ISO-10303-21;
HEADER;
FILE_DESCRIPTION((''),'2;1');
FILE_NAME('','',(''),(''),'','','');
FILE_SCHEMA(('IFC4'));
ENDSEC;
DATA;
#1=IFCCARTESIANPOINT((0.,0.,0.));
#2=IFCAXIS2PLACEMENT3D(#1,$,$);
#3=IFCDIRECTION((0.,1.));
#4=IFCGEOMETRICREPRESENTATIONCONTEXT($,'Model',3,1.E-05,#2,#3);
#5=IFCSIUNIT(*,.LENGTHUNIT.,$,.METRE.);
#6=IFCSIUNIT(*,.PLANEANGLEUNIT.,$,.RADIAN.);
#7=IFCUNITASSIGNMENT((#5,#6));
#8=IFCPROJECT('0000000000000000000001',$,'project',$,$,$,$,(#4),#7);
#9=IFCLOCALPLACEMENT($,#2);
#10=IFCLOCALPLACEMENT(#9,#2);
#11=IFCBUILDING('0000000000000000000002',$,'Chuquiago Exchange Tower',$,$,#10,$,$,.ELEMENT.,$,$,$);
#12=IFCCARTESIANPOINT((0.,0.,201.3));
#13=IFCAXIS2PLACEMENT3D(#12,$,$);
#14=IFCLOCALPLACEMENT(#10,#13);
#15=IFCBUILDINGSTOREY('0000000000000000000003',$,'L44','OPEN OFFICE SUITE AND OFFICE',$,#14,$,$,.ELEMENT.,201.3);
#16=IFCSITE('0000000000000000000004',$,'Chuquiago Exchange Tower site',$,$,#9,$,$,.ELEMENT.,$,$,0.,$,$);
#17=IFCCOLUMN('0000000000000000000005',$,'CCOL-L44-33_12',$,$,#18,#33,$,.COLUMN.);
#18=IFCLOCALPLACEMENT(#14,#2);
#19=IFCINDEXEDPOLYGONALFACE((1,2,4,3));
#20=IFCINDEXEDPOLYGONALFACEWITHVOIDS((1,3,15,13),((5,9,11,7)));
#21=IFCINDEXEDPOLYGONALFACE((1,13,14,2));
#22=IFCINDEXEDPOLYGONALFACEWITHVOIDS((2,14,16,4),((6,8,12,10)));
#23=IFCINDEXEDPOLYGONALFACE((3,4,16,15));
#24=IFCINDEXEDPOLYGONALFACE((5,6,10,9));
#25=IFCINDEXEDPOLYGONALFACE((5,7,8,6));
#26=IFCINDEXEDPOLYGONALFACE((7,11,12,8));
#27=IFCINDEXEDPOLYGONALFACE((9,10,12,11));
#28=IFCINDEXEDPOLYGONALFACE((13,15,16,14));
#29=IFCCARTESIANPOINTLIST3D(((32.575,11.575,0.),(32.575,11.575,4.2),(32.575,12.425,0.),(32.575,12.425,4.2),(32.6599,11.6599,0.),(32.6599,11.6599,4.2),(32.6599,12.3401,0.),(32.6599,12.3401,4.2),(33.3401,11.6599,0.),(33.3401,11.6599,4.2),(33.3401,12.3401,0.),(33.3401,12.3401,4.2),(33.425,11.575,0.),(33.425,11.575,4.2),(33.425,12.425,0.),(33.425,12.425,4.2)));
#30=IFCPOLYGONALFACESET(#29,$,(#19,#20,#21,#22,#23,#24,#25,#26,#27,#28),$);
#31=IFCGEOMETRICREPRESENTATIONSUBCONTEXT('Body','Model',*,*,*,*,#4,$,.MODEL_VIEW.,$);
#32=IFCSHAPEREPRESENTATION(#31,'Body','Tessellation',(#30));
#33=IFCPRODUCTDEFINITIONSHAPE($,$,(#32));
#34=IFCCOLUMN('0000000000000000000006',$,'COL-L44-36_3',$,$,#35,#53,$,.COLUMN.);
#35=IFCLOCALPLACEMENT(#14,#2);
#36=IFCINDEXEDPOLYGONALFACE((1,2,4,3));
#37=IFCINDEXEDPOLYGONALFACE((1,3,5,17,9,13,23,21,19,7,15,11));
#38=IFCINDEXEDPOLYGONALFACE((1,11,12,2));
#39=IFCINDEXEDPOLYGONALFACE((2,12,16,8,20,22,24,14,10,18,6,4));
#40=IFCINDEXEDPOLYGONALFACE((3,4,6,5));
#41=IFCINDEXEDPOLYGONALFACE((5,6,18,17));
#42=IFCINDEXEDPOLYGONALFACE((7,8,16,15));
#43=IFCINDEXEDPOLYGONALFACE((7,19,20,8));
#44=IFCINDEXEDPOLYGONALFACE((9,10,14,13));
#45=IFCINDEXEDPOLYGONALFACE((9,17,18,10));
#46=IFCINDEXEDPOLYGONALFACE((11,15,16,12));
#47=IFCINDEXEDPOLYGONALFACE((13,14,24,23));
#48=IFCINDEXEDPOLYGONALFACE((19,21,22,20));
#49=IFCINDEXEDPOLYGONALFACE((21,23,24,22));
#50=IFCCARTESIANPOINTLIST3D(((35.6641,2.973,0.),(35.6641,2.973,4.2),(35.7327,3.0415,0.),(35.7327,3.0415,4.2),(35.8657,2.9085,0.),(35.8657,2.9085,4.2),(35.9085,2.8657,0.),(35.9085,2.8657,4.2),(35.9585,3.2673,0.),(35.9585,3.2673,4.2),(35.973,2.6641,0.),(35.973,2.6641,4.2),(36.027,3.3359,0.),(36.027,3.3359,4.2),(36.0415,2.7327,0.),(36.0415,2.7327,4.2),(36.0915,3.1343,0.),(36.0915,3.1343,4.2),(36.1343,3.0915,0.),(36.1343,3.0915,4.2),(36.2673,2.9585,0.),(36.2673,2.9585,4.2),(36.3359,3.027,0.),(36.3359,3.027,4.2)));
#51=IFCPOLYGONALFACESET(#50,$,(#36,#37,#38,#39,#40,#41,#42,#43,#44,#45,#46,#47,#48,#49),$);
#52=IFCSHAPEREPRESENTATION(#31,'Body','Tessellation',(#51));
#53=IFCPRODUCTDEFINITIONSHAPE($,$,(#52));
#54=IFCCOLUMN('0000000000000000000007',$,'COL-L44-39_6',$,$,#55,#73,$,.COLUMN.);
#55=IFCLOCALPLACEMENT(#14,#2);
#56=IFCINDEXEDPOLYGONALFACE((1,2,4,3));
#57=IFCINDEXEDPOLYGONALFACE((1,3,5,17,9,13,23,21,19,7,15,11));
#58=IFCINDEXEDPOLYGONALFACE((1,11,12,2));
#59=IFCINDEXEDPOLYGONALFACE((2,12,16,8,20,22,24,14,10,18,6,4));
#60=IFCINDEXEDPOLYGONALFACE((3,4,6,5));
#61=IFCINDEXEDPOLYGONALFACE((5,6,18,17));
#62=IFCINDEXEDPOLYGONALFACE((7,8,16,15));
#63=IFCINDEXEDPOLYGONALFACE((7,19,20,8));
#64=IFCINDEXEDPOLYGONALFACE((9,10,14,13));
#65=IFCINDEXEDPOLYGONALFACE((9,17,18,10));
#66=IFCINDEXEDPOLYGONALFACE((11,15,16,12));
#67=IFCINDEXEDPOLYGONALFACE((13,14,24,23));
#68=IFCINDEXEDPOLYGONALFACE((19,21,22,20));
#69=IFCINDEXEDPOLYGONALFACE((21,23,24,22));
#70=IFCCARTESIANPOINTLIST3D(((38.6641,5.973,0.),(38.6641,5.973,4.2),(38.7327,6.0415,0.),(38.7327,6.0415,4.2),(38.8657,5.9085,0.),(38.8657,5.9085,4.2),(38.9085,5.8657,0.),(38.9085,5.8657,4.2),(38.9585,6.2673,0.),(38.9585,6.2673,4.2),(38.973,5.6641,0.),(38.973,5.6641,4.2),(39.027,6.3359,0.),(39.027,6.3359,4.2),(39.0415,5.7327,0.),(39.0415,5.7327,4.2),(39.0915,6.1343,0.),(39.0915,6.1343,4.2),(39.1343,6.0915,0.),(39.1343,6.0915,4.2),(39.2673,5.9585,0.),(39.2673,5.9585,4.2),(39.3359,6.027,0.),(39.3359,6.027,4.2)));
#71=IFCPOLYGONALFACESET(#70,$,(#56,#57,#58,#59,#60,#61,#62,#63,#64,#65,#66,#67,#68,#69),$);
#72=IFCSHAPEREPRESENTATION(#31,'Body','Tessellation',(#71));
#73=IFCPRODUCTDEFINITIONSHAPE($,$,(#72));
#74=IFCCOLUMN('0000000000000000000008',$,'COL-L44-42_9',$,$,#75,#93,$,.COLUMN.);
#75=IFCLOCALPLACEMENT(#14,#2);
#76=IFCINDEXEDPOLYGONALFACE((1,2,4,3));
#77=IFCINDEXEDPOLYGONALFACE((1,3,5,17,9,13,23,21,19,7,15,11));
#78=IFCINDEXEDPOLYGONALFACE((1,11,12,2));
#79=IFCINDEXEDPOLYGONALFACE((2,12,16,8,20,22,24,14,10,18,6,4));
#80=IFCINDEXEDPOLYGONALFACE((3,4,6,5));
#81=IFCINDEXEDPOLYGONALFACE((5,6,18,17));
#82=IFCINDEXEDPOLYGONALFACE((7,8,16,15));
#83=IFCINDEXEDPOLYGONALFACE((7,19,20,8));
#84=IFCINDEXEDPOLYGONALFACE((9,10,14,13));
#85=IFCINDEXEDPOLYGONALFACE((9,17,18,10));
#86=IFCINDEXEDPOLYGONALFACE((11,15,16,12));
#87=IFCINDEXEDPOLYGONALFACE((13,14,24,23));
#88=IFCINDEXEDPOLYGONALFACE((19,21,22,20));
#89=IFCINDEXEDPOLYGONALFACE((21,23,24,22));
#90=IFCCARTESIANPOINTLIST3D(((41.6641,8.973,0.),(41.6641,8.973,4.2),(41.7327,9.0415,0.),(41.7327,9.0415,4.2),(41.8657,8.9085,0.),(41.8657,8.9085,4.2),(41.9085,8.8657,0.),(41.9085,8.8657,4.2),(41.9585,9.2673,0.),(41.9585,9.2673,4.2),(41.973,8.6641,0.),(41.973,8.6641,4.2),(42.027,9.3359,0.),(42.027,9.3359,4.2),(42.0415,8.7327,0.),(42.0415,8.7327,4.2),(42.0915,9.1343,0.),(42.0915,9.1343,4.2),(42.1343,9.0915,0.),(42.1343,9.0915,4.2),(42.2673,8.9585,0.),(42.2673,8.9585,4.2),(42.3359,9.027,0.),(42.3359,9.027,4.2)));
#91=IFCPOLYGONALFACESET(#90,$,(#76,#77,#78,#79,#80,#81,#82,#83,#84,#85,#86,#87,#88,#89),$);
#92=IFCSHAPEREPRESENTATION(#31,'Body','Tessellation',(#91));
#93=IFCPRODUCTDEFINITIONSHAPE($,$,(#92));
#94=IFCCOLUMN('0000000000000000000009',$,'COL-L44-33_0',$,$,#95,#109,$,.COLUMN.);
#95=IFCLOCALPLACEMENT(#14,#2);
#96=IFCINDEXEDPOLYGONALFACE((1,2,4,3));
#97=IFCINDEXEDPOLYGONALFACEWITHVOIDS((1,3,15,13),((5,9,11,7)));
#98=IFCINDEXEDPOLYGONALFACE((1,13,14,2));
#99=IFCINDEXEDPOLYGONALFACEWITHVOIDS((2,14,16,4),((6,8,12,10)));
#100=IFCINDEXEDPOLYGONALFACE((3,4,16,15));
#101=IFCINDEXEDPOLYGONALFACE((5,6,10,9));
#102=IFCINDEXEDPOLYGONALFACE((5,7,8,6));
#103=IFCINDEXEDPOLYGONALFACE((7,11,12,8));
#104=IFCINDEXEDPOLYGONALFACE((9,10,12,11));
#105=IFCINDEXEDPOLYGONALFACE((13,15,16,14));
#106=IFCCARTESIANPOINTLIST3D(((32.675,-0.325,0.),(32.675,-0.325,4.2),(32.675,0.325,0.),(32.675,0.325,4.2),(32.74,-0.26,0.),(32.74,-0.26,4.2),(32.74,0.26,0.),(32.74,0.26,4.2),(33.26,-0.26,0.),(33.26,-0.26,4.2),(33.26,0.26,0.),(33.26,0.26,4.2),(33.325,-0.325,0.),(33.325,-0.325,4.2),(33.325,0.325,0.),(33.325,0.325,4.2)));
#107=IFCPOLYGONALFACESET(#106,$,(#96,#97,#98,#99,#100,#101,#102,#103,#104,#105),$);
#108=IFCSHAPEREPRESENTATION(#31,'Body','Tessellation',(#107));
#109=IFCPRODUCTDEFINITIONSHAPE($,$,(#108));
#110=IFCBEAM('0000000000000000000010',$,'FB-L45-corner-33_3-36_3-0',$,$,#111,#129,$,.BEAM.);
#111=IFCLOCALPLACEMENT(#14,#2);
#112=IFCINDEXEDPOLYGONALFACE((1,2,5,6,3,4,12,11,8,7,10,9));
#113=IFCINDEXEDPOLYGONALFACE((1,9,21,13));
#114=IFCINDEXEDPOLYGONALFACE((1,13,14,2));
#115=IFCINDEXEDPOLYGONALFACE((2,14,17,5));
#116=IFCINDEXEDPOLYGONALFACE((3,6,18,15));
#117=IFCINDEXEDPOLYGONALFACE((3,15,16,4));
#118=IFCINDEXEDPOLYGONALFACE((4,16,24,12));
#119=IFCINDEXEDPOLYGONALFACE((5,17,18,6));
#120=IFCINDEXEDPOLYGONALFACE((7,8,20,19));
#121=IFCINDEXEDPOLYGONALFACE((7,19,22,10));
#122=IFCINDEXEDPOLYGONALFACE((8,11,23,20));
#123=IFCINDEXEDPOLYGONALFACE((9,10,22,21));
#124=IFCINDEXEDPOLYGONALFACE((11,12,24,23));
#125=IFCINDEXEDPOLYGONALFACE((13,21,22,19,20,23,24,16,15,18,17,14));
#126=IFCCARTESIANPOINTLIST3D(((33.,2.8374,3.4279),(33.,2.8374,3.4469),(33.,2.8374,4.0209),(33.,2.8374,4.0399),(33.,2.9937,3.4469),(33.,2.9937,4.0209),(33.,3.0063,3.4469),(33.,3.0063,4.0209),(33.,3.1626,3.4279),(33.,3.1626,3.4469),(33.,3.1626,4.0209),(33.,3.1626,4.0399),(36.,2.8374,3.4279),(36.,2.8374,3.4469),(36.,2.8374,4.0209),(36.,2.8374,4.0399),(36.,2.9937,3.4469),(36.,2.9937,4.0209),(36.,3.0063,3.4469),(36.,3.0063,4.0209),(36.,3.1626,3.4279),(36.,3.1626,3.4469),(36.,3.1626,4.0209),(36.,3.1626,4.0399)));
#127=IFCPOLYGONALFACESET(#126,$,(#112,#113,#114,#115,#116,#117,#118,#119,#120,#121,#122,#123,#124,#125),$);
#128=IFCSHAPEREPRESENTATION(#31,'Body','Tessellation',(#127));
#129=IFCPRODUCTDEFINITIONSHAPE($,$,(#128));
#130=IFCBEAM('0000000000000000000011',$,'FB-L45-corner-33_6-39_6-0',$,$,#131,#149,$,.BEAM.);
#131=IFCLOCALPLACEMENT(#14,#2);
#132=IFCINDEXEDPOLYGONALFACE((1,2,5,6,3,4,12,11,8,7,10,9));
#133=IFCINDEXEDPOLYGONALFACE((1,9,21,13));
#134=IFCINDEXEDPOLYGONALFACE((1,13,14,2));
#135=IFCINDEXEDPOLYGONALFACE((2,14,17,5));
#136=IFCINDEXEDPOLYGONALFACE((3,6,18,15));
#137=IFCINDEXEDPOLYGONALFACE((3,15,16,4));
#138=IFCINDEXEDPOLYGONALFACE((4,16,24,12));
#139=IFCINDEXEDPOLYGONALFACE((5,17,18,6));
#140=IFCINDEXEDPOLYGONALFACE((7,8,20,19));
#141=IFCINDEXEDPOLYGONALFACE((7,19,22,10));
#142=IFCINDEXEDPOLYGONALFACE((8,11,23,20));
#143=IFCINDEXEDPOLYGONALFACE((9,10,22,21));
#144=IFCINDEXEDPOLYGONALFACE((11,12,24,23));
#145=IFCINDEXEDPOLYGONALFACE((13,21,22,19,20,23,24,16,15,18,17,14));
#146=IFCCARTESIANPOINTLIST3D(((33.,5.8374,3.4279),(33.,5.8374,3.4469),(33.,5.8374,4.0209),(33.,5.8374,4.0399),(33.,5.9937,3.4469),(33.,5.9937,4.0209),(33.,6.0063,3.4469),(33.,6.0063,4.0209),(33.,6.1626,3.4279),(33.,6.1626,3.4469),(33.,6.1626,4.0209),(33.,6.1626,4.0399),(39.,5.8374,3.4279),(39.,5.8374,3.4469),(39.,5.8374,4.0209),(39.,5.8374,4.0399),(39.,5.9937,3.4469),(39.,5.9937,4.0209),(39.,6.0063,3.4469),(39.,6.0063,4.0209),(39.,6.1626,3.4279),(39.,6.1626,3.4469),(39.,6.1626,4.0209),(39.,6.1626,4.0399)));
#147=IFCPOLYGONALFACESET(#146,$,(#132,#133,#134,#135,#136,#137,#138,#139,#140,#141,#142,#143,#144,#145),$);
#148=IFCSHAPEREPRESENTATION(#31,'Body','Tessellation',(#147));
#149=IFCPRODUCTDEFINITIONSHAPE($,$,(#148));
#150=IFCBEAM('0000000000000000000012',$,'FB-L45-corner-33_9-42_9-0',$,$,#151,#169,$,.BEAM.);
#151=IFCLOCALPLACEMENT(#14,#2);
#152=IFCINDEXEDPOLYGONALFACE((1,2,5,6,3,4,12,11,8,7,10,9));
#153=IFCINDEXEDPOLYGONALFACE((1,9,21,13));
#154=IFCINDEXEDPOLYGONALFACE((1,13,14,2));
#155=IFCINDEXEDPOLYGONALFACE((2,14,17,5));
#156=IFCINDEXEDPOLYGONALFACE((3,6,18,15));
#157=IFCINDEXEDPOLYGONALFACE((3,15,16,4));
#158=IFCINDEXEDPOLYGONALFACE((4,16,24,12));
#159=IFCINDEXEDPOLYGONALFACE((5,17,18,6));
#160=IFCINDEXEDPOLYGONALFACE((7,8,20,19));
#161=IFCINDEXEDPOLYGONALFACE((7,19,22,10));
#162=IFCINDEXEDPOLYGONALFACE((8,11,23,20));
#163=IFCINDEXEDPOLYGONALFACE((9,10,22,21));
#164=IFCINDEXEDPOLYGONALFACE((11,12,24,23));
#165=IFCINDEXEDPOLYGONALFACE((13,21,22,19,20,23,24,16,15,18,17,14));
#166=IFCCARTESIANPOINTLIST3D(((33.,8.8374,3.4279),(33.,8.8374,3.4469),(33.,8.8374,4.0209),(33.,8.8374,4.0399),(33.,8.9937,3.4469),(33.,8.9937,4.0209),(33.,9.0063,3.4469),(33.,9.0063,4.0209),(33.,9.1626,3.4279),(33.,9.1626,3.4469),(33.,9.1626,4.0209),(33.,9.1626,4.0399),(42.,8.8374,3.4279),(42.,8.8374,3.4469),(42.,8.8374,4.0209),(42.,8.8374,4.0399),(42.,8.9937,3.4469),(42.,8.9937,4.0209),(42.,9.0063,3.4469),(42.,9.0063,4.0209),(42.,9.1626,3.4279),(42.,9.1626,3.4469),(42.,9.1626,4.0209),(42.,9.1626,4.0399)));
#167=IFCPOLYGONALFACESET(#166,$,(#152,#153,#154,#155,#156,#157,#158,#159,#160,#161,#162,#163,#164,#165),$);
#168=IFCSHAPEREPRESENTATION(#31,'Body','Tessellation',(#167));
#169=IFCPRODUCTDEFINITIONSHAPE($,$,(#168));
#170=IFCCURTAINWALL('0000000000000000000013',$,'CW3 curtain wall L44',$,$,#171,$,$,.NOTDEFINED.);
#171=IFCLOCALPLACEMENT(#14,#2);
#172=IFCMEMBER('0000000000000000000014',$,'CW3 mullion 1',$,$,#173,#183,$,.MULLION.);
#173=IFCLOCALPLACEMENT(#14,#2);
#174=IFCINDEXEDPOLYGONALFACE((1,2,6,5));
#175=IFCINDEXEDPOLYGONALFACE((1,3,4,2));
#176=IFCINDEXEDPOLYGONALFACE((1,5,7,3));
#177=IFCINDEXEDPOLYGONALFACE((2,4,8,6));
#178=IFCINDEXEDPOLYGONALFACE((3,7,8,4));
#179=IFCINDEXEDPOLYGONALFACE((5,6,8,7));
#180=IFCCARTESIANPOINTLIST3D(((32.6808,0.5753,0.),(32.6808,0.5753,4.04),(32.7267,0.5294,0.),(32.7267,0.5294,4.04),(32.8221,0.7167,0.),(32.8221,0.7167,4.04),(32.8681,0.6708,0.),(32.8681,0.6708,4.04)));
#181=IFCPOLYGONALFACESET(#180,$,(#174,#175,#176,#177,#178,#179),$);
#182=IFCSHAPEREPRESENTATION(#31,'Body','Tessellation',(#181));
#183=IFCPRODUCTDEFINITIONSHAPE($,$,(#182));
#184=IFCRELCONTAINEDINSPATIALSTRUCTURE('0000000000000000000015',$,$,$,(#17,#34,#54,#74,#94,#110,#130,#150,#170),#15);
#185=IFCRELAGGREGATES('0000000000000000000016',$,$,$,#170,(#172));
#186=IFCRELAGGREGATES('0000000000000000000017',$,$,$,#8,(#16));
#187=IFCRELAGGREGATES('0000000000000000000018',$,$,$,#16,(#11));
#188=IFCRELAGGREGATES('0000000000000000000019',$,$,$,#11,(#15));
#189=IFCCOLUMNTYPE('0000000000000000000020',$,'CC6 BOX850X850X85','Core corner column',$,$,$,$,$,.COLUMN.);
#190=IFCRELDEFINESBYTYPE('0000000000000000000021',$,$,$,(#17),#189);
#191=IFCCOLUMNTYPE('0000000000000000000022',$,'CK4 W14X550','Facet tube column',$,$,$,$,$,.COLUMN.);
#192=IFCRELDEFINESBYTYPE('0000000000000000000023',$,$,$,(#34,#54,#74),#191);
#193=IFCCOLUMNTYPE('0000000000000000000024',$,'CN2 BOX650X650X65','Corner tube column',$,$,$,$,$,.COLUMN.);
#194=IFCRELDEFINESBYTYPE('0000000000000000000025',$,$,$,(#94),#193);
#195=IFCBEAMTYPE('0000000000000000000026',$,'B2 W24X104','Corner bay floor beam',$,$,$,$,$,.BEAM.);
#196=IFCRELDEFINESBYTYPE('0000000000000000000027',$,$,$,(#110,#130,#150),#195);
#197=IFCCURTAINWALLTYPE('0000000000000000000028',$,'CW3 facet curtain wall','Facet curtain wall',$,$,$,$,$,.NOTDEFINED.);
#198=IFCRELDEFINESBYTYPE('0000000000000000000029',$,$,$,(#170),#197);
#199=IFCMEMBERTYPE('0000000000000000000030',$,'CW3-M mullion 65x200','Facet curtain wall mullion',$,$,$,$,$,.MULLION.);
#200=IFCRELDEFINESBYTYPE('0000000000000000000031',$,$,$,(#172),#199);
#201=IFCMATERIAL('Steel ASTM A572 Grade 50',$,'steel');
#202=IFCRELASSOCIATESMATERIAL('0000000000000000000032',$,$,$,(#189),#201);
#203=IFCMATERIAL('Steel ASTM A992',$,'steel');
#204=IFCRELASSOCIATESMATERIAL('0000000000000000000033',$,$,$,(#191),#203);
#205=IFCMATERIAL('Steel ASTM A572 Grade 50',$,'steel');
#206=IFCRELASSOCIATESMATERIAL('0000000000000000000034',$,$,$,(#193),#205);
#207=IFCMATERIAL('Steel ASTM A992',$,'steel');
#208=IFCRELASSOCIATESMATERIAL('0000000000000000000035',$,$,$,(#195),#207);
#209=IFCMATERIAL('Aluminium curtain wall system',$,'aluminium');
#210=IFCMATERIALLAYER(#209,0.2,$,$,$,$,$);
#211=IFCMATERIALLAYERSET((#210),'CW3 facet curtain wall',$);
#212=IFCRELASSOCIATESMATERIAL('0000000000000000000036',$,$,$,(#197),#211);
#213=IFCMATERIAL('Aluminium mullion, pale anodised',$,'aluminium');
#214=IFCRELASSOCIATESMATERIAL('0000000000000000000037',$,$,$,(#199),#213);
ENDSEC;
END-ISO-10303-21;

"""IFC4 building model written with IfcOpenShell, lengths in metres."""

from ifc_helpers import new_model, si_unit, direction, frame, origin, origin_2d, place, context, subcontext, project, spatial, rectangle, hollow_rectangle, i_section, extrude, material, layer, layer_set, material_profile, profile_set, type_object, element, aggregate, save


model = new_model("IFC4")

# Units and contexts
model_context = context("Model", 3, precision=1e-05, world=origin(), true_north=direction((0.0, 1.0)))
body_context = subcontext(model_context, "Body", "Model", "MODEL_VIEW")
ifc_project = project(units=[si_unit("LENGTHUNIT", "METRE"), si_unit("PLANEANGLEUNIT", "RADIAN")], contexts=[model_context])

# Site, building, storey
site_placement = place(None, origin())
site = spatial("IfcSite", under=ifc_project, at=site_placement, Name="Chuquiago Exchange Tower site", CompositionType="ELEMENT", RefElevation=0.0)
building_placement = place(site_placement, origin())
building = spatial("IfcBuilding", under=site, at=building_placement, Name="Chuquiago Exchange Tower", CompositionType="ELEMENT")
storey_placement = place(building_placement, frame((0.0, 0.0, 201.3)))
storey = spatial("IfcBuildingStorey", under=building, at=storey_placement, Name="L44", Description="OPEN OFFICE SUITE AND OFFICE", CompositionType="ELEMENT", Elevation=201.3)

# Columns
ifc_material_1 = material(Name="Steel ASTM A572 Grade 50", Category="steel")
ifc_material_profile_1 = material_profile(ifc_material_1, hollow_rectangle(XDim=0.8501, YDim=0.8501, WallThickness=0.085, at=origin_2d()), Name="BOX850X850X85")
ifc_profile_set_1 = profile_set([ifc_material_profile_1], Name="Steel ASTM A572 Grade 50")
column_type_1 = type_object("IfcColumnType", Name="CC6 BOX850X850X85", Description="Core corner column", PredefinedType="COLUMN", material=ifc_profile_set_1)
column_1_placement = place(storey_placement, frame((33.0, 12.0, 0.0), z_axis=(0.0, 0.0, 1.0), x_axis=(1.0, 0.0, 0.0)))
element("IfcColumn", 1, at=column_1_placement, inside=storey, type_object=column_type_1, Name="CCOL-L44-33_12", PredefinedType="COLUMN", context=body_context, shape_type="SweptSolid", body=[
    extrude(hollow_rectangle(XDim=0.8501, YDim=0.8501, WallThickness=0.085, at=origin_2d()), origin(), (0.0, 0.0, 1.0), 4.2),
])
ifc_material_2 = material(Name="Steel ASTM A992", Category="steel")
ifc_material_profile_2 = material_profile(ifc_material_2, i_section(OverallWidth=0.4368, OverallDepth=0.5132, WebThickness=0.0605, FlangeThickness=0.0969, at=origin_2d()), Name="W14X550")
ifc_profile_set_2 = profile_set([ifc_material_profile_2], Name="Steel ASTM A992")
column_type_2 = type_object("IfcColumnType", Name="CK4 W14X550", Description="Facet tube column", PredefinedType="COLUMN", material=ifc_profile_set_2)
for number, where, z_axis, x_axis, name in (
    (2, (36.0, 3.0, 0.0), (0.0, 0.0, 1.0), (0.707107, -0.707107, 0.0), "COL-L44-36_3"),
    (3, (39.0, 6.0, 0.0), (0.0, 0.0, 1.0), (0.707107, -0.707107, 0.0), "COL-L44-39_6"),
    (4, (42.0, 9.0, 0.0), (0.0, 0.0, 1.0), (0.707107, -0.707107, 0.0), "COL-L44-42_9"),
):
    element("IfcColumn", number, at=place(storey_placement, frame(where, z_axis=z_axis, x_axis=x_axis)), inside=storey, type_object=column_type_2, Name=name, PredefinedType="COLUMN", context=body_context, shape_type="SweptSolid", body=[
        extrude(i_section(OverallWidth=0.4368, OverallDepth=0.5132, WebThickness=0.0605, FlangeThickness=0.0969, at=origin_2d()), origin(), (0.0, 0.0, 1.0), 4.2),
    ])
ifc_material_3 = material(Name="Steel ASTM A572 Grade 50", Category="steel")
ifc_material_profile_3 = material_profile(ifc_material_3, hollow_rectangle(XDim=0.6499, YDim=0.6499, WallThickness=0.0649, at=origin_2d()), Name="BOX650X650X65")
ifc_profile_set_3 = profile_set([ifc_material_profile_3], Name="Steel ASTM A572 Grade 50")
column_type_3 = type_object("IfcColumnType", Name="CN2 BOX650X650X65", Description="Corner tube column", PredefinedType="COLUMN", material=ifc_profile_set_3)
column_2_placement = place(storey_placement, frame((33.0, 0.0, 0.0), z_axis=(0.0, 0.0, 1.0), x_axis=(0.0, -1.0, 0.0)))
element("IfcColumn", 5, at=column_2_placement, inside=storey, type_object=column_type_3, Name="COL-L44-33_0", PredefinedType="COLUMN", context=body_context, shape_type="SweptSolid", body=[
    extrude(hollow_rectangle(XDim=0.6499, YDim=0.6499, WallThickness=0.0649, at=origin_2d()), origin(), (0.0, 0.0, 1.0), 4.2),
])

# Beams
ifc_material_4 = material(Name="Steel ASTM A992", Category="steel")
ifc_material_profile_4 = material_profile(ifc_material_4, i_section(OverallWidth=0.3252, OverallDepth=0.6121, WebThickness=0.0127, FlangeThickness=0.019, at=origin_2d()), Name="W24X104")
ifc_profile_set_4 = profile_set([ifc_material_profile_4], Name="Steel ASTM A992")
beam_type_1 = type_object("IfcBeamType", Name="B2 W24X104", Description="Corner bay floor beam", PredefinedType="BEAM", material=ifc_profile_set_4)
beam_1_placement = place(storey_placement, frame((33.0, 3.0, 3.7339), z_axis=(1.0, 0.0, 0.0), x_axis=(0.0, 1.0, 0.0)))
element("IfcBeam", 6, at=beam_1_placement, inside=storey, type_object=beam_type_1, Name="FB-L45-corner-33_3-36_3-0", PredefinedType="BEAM", context=body_context, shape_type="SweptSolid", body=[
    extrude(i_section(OverallWidth=0.3252, OverallDepth=0.6121, WebThickness=0.0127, FlangeThickness=0.019, at=origin_2d()), origin(), (0.0, 0.0, 1.0), 3.0),
])
beam_2_placement = place(storey_placement, frame((33.0, 6.0, 3.7339), z_axis=(1.0, 0.0, 0.0), x_axis=(0.0, 1.0, 0.0)))
element("IfcBeam", 7, at=beam_2_placement, inside=storey, type_object=beam_type_1, Name="FB-L45-corner-33_6-39_6-0", PredefinedType="BEAM", context=body_context, shape_type="SweptSolid", body=[
    extrude(i_section(OverallWidth=0.3252, OverallDepth=0.6121, WebThickness=0.0127, FlangeThickness=0.019, at=origin_2d()), origin(), (0.0, 0.0, 1.0), 6.0),
])
beam_3_placement = place(storey_placement, frame((33.0, 9.0, 3.7339), z_axis=(1.0, 0.0, 0.0), x_axis=(0.0, 1.0, 0.0)))
element("IfcBeam", 8, at=beam_3_placement, inside=storey, type_object=beam_type_1, Name="FB-L45-corner-33_9-42_9-0", PredefinedType="BEAM", context=body_context, shape_type="SweptSolid", body=[
    extrude(i_section(OverallWidth=0.3252, OverallDepth=0.6121, WebThickness=0.0127, FlangeThickness=0.019, at=origin_2d()), origin(), (0.0, 0.0, 1.0), 9.0),
])

# Curtain wall, member
ifc_material_5 = material(Name="Aluminium curtain wall system", Category="aluminium")
ifc_layer_1 = layer(ifc_material_5, 0.2)
ifc_layer_set_1 = layer_set([ifc_layer_1], Name="CW3 facet curtain wall")
curtain_wall_type = type_object("IfcCurtainWallType", Name="CW3 facet curtain wall", Description="Facet curtain wall", PredefinedType="NOTDEFINED", material=ifc_layer_set_1)
curtain_wall_placement = place(storey_placement, origin())
curtain_wall = element("IfcCurtainWall", 9, at=curtain_wall_placement, inside=storey, type_object=curtain_wall_type, Name="CW3 curtain wall L44", PredefinedType="NOTDEFINED")
ifc_material_6 = material(Name="Aluminium mullion, pale anodised", Category="aluminium")
ifc_material_profile_5 = material_profile(ifc_material_6, rectangle(XDim=0.0649, YDim=0.2, at=origin_2d()), Name="AL 65x200")
ifc_profile_set_5 = profile_set([ifc_material_profile_5], Name="Aluminium mullion, pale anodised")
member_type_1 = type_object("IfcMemberType", Name="CW3-M mullion 65x200", Description="Facet curtain wall mullion", PredefinedType="MULLION", material=ifc_profile_set_5)
member_1_placement = place(storey_placement, frame((32.7744, 0.623, 0.0), z_axis=(0.0, 0.0, 1.0), x_axis=(-0.707107, 0.707107, 0.0)))
member_1 = element("IfcMember", 10, at=member_1_placement, type_object=member_type_1, Name="CW3 mullion 1", PredefinedType="MULLION", context=body_context, shape_type="SweptSolid", body=[
    extrude(rectangle(XDim=0.0649, YDim=0.2, at=origin_2d()), origin(), (0.0, 0.0, 1.0), 4.04),
])

aggregate(curtain_wall, [member_1])

save(model, "model.ifc")
